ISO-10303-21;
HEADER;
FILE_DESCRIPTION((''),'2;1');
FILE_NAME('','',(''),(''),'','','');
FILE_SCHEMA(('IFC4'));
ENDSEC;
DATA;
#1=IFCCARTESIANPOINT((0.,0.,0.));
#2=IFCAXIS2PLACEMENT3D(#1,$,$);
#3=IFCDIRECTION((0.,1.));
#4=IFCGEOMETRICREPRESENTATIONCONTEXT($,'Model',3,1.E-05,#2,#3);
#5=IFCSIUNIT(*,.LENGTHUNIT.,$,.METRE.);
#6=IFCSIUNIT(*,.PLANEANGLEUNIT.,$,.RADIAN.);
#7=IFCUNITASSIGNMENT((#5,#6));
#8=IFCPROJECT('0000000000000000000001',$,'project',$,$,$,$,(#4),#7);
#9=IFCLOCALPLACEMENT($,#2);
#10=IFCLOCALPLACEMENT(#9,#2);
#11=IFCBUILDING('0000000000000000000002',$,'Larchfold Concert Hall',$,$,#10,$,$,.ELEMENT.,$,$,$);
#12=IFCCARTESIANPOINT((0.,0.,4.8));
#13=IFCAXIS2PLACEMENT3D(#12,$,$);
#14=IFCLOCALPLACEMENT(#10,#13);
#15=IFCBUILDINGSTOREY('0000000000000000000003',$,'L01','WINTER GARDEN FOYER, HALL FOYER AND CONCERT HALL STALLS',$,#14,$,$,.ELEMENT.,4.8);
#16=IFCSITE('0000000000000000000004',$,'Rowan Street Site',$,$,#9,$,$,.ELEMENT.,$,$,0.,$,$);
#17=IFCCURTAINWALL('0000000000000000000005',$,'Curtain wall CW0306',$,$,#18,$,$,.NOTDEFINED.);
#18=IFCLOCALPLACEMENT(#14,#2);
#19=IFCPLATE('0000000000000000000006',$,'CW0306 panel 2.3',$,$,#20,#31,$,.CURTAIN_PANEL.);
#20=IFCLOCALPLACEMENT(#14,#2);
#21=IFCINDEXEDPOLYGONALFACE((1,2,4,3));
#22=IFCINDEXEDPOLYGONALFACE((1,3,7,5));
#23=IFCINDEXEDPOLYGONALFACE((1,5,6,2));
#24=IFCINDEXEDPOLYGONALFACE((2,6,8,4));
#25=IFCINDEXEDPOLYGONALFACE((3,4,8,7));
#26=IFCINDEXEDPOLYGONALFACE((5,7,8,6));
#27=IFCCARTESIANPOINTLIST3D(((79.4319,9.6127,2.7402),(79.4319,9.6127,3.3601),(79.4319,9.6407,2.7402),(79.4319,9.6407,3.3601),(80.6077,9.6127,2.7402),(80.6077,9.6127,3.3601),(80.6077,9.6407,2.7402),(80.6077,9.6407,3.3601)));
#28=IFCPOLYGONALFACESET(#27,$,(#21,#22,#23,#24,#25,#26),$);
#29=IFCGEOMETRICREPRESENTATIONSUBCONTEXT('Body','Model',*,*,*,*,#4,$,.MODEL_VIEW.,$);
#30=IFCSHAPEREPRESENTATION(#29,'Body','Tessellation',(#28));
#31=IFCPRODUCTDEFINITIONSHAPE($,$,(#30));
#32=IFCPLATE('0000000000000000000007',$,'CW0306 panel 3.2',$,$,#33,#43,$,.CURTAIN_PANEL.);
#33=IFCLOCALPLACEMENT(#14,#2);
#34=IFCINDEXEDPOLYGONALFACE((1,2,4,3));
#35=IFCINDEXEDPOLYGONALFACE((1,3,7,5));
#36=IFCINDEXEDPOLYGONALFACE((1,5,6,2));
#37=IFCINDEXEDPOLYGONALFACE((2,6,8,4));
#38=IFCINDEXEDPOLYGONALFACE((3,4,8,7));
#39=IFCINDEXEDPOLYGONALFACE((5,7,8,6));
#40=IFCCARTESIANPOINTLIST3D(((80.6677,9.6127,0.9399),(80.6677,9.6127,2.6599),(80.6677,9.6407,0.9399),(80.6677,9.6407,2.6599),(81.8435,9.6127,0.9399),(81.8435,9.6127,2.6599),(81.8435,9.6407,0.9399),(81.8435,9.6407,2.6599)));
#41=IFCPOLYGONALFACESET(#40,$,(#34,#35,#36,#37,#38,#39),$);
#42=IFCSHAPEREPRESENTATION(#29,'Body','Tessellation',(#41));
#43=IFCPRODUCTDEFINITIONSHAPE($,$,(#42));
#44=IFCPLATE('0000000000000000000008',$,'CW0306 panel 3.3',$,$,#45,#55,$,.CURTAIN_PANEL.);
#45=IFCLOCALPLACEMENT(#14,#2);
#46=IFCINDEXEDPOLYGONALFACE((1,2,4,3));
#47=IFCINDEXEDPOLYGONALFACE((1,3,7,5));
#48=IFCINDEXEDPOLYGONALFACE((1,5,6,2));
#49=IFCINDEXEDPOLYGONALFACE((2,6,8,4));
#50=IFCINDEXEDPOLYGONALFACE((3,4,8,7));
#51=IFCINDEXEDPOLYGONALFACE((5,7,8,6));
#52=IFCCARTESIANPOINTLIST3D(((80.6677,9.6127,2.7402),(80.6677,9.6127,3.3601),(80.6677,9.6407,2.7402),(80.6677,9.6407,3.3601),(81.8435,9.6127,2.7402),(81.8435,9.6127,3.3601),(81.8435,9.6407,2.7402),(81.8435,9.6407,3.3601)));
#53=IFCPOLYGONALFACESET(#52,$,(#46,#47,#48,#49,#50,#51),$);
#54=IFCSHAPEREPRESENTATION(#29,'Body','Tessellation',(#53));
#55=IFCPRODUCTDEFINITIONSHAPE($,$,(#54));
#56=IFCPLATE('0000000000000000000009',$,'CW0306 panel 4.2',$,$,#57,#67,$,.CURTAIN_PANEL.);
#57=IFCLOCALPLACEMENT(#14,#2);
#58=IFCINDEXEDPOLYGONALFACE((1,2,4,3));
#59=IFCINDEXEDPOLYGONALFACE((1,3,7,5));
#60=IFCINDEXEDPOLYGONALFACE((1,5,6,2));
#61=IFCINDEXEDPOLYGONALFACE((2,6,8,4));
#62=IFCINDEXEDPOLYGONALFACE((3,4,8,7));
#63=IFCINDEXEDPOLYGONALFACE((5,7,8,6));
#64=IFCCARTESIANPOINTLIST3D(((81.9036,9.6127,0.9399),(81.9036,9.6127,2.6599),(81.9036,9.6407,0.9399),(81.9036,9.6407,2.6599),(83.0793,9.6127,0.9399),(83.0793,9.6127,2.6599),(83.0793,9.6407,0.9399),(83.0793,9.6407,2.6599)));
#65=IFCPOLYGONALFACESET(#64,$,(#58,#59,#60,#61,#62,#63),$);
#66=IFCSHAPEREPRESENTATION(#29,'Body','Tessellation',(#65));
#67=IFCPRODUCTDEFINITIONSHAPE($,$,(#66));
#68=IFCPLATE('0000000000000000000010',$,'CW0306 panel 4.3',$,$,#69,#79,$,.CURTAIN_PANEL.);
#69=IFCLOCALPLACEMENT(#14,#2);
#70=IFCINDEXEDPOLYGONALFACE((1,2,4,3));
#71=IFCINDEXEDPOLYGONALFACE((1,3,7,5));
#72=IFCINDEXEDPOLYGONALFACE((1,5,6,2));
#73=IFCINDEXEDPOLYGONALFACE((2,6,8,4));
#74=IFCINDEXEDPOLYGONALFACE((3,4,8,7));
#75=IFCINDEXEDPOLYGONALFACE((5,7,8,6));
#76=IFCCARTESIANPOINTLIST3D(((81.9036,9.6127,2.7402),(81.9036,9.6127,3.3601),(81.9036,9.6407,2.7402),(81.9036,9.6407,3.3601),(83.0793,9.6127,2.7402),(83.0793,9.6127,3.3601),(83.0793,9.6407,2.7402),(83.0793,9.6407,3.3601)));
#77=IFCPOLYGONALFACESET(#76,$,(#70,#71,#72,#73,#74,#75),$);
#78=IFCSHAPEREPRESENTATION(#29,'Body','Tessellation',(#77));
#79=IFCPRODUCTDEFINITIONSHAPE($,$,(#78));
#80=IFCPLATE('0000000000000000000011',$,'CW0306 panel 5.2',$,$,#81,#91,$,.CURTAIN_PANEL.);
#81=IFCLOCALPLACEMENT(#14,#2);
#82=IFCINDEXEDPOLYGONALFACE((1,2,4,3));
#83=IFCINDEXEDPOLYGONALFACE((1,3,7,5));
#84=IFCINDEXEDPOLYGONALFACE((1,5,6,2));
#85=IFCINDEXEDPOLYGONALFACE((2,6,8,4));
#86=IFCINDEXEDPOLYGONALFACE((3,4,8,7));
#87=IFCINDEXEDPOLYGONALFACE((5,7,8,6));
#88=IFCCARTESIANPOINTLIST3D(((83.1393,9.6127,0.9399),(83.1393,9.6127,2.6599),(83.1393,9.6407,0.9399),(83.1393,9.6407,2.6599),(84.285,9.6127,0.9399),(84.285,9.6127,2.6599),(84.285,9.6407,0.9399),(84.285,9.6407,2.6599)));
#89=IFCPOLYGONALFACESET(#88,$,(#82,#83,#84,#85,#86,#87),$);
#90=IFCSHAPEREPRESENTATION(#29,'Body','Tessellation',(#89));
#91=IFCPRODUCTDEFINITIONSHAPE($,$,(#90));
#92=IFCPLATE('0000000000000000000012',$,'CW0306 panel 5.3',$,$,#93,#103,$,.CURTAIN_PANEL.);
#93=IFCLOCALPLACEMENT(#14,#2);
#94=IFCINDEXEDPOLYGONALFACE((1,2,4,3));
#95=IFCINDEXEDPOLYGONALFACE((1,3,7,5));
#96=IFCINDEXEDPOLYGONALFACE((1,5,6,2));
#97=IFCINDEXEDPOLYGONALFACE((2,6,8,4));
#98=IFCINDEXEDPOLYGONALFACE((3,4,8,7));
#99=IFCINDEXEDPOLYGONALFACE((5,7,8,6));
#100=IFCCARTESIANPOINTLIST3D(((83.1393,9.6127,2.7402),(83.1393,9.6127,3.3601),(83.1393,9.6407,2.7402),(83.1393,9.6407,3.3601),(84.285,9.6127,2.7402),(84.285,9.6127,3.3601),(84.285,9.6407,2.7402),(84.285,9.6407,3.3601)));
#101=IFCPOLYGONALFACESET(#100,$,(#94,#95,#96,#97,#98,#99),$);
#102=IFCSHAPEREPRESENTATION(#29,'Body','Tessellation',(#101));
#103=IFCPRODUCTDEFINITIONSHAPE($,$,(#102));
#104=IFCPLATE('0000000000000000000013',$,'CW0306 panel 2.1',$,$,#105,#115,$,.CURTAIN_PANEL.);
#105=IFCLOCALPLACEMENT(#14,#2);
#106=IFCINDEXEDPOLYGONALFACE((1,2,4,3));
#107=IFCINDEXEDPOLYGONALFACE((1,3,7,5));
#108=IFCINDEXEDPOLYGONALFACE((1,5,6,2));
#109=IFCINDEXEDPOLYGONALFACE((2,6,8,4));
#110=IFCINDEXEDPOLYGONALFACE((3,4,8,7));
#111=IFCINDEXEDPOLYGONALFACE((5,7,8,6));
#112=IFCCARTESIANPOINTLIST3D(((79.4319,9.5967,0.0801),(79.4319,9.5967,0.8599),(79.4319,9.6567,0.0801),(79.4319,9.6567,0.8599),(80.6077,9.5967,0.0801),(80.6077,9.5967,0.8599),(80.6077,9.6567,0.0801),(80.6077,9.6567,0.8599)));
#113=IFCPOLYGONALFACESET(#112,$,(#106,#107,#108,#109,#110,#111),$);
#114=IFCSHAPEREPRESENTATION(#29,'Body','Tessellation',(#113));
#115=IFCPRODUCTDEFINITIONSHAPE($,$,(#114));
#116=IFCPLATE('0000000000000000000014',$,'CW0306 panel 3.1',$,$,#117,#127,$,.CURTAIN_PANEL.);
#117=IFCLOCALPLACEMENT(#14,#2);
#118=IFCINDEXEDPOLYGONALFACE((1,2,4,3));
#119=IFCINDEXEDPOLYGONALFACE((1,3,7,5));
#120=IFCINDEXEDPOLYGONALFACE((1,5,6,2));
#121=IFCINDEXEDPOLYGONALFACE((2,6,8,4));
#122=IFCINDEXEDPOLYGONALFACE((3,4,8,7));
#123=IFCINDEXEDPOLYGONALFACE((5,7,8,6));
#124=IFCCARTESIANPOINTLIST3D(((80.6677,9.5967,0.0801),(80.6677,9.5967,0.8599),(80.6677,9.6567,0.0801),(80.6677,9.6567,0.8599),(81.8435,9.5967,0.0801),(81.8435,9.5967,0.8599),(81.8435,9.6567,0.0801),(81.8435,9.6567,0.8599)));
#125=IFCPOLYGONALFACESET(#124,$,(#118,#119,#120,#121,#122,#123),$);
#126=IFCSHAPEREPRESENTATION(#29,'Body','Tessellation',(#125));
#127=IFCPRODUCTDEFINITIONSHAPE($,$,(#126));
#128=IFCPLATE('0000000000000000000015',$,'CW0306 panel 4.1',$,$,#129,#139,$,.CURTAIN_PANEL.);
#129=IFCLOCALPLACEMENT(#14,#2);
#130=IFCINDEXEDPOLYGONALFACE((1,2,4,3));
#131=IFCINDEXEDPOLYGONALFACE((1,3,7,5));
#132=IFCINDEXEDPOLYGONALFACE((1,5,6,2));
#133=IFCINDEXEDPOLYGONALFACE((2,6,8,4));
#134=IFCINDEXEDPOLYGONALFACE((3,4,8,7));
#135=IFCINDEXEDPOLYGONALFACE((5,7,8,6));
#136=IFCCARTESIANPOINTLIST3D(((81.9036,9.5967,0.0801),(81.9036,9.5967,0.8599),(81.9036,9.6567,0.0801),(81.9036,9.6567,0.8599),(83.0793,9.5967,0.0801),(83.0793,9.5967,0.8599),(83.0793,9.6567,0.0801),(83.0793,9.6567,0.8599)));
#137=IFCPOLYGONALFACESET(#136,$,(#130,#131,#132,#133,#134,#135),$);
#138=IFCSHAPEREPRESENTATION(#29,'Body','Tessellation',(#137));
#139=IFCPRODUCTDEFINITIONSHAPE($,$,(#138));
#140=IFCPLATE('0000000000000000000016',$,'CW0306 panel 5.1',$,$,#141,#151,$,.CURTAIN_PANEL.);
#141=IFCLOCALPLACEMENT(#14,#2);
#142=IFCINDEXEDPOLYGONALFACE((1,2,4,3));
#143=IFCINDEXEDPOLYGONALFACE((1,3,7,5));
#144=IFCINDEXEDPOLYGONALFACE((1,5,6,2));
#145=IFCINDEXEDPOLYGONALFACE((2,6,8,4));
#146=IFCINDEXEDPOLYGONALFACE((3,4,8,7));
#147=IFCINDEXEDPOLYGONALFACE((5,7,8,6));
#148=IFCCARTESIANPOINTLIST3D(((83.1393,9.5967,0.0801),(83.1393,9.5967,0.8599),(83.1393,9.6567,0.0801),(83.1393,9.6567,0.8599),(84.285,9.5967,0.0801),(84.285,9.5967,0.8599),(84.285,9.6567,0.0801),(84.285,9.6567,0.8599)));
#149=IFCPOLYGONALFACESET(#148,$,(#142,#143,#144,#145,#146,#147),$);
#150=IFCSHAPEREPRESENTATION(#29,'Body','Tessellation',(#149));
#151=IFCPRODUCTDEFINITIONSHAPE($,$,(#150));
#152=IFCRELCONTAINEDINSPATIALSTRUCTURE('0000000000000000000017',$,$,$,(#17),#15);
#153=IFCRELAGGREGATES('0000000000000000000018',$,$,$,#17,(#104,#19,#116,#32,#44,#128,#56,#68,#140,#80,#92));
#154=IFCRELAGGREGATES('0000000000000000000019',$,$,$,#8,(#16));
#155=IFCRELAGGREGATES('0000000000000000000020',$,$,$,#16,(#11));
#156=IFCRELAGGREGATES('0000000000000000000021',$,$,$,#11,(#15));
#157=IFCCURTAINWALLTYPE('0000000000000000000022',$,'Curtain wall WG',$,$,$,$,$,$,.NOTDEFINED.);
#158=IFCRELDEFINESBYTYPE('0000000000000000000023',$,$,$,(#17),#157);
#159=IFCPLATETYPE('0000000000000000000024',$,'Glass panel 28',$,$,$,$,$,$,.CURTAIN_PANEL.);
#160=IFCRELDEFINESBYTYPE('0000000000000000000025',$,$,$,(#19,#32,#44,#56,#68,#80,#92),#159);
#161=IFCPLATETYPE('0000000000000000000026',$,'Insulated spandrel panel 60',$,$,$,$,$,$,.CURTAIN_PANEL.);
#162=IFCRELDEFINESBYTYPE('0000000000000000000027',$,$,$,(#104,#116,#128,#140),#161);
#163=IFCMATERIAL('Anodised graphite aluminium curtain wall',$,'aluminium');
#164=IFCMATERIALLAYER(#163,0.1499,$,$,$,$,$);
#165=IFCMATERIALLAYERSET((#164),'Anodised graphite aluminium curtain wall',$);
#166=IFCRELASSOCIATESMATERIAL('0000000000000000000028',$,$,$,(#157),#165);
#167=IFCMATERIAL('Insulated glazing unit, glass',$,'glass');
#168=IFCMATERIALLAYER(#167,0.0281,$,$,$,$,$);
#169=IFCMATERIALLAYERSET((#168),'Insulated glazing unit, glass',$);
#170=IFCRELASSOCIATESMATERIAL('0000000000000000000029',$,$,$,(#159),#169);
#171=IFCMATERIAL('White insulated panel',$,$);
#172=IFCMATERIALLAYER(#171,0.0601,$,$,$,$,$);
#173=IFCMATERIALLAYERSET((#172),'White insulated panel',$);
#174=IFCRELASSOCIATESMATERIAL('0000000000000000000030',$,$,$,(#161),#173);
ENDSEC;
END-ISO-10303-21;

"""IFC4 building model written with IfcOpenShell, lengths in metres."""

from ifc_helpers import new_model, si_unit, direction, frame, origin, origin_2d, place, context, subcontext, project, spatial, rectangle, extrude, material, layer, layer_set, type_object, element, aggregate, save


model = new_model("IFC4")

# Units and contexts
model_context = context("Model", 3, precision=1e-05, world=origin(), true_north=direction((0.0, 1.0)))
body_context = subcontext(model_context, "Body", "Model", "MODEL_VIEW")
ifc_project = project(units=[si_unit("LENGTHUNIT", "METRE"), si_unit("PLANEANGLEUNIT", "RADIAN")], contexts=[model_context])

# Site, building, storey
site_placement = place(None, origin())
site = spatial("IfcSite", under=ifc_project, at=site_placement, Name="Rowan Street Site", CompositionType="ELEMENT", RefElevation=0.0)
building_placement = place(site_placement, origin())
building = spatial("IfcBuilding", under=site, at=building_placement, Name="Larchfold Concert Hall", CompositionType="ELEMENT")
storey_placement = place(building_placement, frame((0.0, 0.0, 4.8)))
storey = spatial("IfcBuildingStorey", under=building, at=storey_placement, Name="L01", Description="WINTER GARDEN FOYER, HALL FOYER AND CONCERT HALL STALLS", CompositionType="ELEMENT", Elevation=4.8)

# Curtain wall
ifc_material_1 = material(Name="Anodised graphite aluminium curtain wall", Category="aluminium")
ifc_layer_1 = layer(ifc_material_1, 0.1499)
ifc_layer_set_1 = layer_set([ifc_layer_1], Name="Anodised graphite aluminium curtain wall")
curtain_wall_type = type_object("IfcCurtainWallType", Name="Curtain wall WG", PredefinedType="NOTDEFINED", material=ifc_layer_set_1)
curtain_wall_placement = place(storey_placement, origin())
curtain_wall = element("IfcCurtainWall", 1, at=curtain_wall_placement, inside=storey, type_object=curtain_wall_type, Name="Curtain wall CW0306", PredefinedType="NOTDEFINED")

# Plates
ifc_material_2 = material(Name="Insulated glazing unit, glass", Category="glass")
ifc_layer_2 = layer(ifc_material_2, 0.0281)
ifc_layer_set_2 = layer_set([ifc_layer_2], Name="Insulated glazing unit, glass")
plate_type_1 = type_object("IfcPlateType", Name="Glass panel 28", PredefinedType="CURTAIN_PANEL", material=ifc_layer_set_2)
plate_1_placement = place(storey_placement, frame((80.0198, 9.6267, 2.7402), z_axis=(0.0, 0.0, 1.0), x_axis=(1.0, 0.0, 0.0)))
plate_1 = element("IfcPlate", 2, at=plate_1_placement, type_object=plate_type_1, Name="CW0306 panel 2.3", PredefinedType="CURTAIN_PANEL", context=body_context, shape_type="SweptSolid", body=[
    extrude(rectangle(XDim=1.1758, YDim=0.0281, at=origin_2d()), origin(), (0.0, 0.0, 1.0), 0.6199),
])
plate_2_placement = place(storey_placement, frame((81.2556, 9.6267, 0.9399), z_axis=(0.0, 0.0, 1.0), x_axis=(1.0, 0.0, 0.0)))
plate_2 = element("IfcPlate", 3, at=plate_2_placement, type_object=plate_type_1, Name="CW0306 panel 3.2", PredefinedType="CURTAIN_PANEL", context=body_context, shape_type="SweptSolid", body=[
    extrude(rectangle(XDim=1.1758, YDim=0.0281, at=origin_2d()), origin(), (0.0, 0.0, 1.0), 1.72),
])
plate_3_placement = place(storey_placement, frame((81.2556, 9.6267, 2.7402), z_axis=(0.0, 0.0, 1.0), x_axis=(1.0, 0.0, 0.0)))
plate_3 = element("IfcPlate", 4, at=plate_3_placement, type_object=plate_type_1, Name="CW0306 panel 3.3", PredefinedType="CURTAIN_PANEL", context=body_context, shape_type="SweptSolid", body=[
    extrude(rectangle(XDim=1.1758, YDim=0.0281, at=origin_2d()), origin(), (0.0, 0.0, 1.0), 0.6199),
])
plate_4_placement = place(storey_placement, frame((82.4915, 9.6267, 0.9399), z_axis=(0.0, 0.0, 1.0), x_axis=(1.0, 0.0, 0.0)))
plate_4 = element("IfcPlate", 5, at=plate_4_placement, type_object=plate_type_1, Name="CW0306 panel 4.2", PredefinedType="CURTAIN_PANEL", context=body_context, shape_type="SweptSolid", body=[
    extrude(rectangle(XDim=1.1758, YDim=0.0281, at=origin_2d()), origin(), (0.0, 0.0, 1.0), 1.72),
])
plate_5_placement = place(storey_placement, frame((82.4915, 9.6267, 2.7402), z_axis=(0.0, 0.0, 1.0), x_axis=(1.0, 0.0, 0.0)))
plate_5 = element("IfcPlate", 6, at=plate_5_placement, type_object=plate_type_1, Name="CW0306 panel 4.3", PredefinedType="CURTAIN_PANEL", context=body_context, shape_type="SweptSolid", body=[
    extrude(rectangle(XDim=1.1758, YDim=0.0281, at=origin_2d()), origin(), (0.0, 0.0, 1.0), 0.6199),
])
plate_6_placement = place(storey_placement, frame((83.7122, 9.6267, 0.9399), z_axis=(0.0, 0.0, 1.0), x_axis=(1.0, 0.0, 0.0)))
plate_6 = element("IfcPlate", 7, at=plate_6_placement, type_object=plate_type_1, Name="CW0306 panel 5.2", PredefinedType="CURTAIN_PANEL", context=body_context, shape_type="SweptSolid", body=[
    extrude(rectangle(XDim=1.1458, YDim=0.0281, at=origin_2d()), origin(), (0.0, 0.0, 1.0), 1.72),
])
plate_7_placement = place(storey_placement, frame((83.7122, 9.6267, 2.7402), z_axis=(0.0, 0.0, 1.0), x_axis=(1.0, 0.0, 0.0)))
plate_7 = element("IfcPlate", 8, at=plate_7_placement, type_object=plate_type_1, Name="CW0306 panel 5.3", PredefinedType="CURTAIN_PANEL", context=body_context, shape_type="SweptSolid", body=[
    extrude(rectangle(XDim=1.1458, YDim=0.0281, at=origin_2d()), origin(), (0.0, 0.0, 1.0), 0.6199),
])
ifc_material_3 = material(Name="White insulated panel")
ifc_layer_3 = layer(ifc_material_3, 0.0601)
ifc_layer_set_3 = layer_set([ifc_layer_3], Name="White insulated panel")
plate_type_2 = type_object("IfcPlateType", Name="Insulated spandrel panel 60", PredefinedType="CURTAIN_PANEL", material=ifc_layer_set_3)
plate_8_placement = place(storey_placement, frame((80.0198, 9.6267, 0.0801), z_axis=(0.0, 0.0, 1.0), x_axis=(1.0, 0.0, 0.0)))
plate_8 = element("IfcPlate", 9, at=plate_8_placement, type_object=plate_type_2, Name="CW0306 panel 2.1", PredefinedType="CURTAIN_PANEL", context=body_context, shape_type="SweptSolid", body=[
    extrude(rectangle(XDim=1.1758, YDim=0.0601, at=origin_2d()), origin(), (0.0, 0.0, 1.0), 0.7798),
])
plate_9_placement = place(storey_placement, frame((81.2556, 9.6267, 0.0801), z_axis=(0.0, 0.0, 1.0), x_axis=(1.0, 0.0, 0.0)))
plate_9 = element("IfcPlate", 10, at=plate_9_placement, type_object=plate_type_2, Name="CW0306 panel 3.1", PredefinedType="CURTAIN_PANEL", context=body_context, shape_type="SweptSolid", body=[
    extrude(rectangle(XDim=1.1758, YDim=0.0601, at=origin_2d()), origin(), (0.0, 0.0, 1.0), 0.7798),
])
plate_10_placement = place(storey_placement, frame((82.4915, 9.6267, 0.0801), z_axis=(0.0, 0.0, 1.0), x_axis=(1.0, 0.0, 0.0)))
plate_10 = element("IfcPlate", 11, at=plate_10_placement, type_object=plate_type_2, Name="CW0306 panel 4.1", PredefinedType="CURTAIN_PANEL", context=body_context, shape_type="SweptSolid", body=[
    extrude(rectangle(XDim=1.1758, YDim=0.0601, at=origin_2d()), origin(), (0.0, 0.0, 1.0), 0.7798),
])
plate_11_placement = place(storey_placement, frame((83.7122, 9.6267, 0.0801), z_axis=(0.0, 0.0, 1.0), x_axis=(1.0, 0.0, 0.0)))
plate_11 = element("IfcPlate", 12, at=plate_11_placement, type_object=plate_type_2, Name="CW0306 panel 5.1", PredefinedType="CURTAIN_PANEL", context=body_context, shape_type="SweptSolid", body=[
    extrude(rectangle(XDim=1.1458, YDim=0.0601, at=origin_2d()), origin(), (0.0, 0.0, 1.0), 0.7798),
])
aggregate(curtain_wall, [plate_8, plate_1, plate_9, plate_2, plate_3, plate_10, plate_4, plate_5, plate_11, plate_6, plate_7])

save(model, "model.ifc")
